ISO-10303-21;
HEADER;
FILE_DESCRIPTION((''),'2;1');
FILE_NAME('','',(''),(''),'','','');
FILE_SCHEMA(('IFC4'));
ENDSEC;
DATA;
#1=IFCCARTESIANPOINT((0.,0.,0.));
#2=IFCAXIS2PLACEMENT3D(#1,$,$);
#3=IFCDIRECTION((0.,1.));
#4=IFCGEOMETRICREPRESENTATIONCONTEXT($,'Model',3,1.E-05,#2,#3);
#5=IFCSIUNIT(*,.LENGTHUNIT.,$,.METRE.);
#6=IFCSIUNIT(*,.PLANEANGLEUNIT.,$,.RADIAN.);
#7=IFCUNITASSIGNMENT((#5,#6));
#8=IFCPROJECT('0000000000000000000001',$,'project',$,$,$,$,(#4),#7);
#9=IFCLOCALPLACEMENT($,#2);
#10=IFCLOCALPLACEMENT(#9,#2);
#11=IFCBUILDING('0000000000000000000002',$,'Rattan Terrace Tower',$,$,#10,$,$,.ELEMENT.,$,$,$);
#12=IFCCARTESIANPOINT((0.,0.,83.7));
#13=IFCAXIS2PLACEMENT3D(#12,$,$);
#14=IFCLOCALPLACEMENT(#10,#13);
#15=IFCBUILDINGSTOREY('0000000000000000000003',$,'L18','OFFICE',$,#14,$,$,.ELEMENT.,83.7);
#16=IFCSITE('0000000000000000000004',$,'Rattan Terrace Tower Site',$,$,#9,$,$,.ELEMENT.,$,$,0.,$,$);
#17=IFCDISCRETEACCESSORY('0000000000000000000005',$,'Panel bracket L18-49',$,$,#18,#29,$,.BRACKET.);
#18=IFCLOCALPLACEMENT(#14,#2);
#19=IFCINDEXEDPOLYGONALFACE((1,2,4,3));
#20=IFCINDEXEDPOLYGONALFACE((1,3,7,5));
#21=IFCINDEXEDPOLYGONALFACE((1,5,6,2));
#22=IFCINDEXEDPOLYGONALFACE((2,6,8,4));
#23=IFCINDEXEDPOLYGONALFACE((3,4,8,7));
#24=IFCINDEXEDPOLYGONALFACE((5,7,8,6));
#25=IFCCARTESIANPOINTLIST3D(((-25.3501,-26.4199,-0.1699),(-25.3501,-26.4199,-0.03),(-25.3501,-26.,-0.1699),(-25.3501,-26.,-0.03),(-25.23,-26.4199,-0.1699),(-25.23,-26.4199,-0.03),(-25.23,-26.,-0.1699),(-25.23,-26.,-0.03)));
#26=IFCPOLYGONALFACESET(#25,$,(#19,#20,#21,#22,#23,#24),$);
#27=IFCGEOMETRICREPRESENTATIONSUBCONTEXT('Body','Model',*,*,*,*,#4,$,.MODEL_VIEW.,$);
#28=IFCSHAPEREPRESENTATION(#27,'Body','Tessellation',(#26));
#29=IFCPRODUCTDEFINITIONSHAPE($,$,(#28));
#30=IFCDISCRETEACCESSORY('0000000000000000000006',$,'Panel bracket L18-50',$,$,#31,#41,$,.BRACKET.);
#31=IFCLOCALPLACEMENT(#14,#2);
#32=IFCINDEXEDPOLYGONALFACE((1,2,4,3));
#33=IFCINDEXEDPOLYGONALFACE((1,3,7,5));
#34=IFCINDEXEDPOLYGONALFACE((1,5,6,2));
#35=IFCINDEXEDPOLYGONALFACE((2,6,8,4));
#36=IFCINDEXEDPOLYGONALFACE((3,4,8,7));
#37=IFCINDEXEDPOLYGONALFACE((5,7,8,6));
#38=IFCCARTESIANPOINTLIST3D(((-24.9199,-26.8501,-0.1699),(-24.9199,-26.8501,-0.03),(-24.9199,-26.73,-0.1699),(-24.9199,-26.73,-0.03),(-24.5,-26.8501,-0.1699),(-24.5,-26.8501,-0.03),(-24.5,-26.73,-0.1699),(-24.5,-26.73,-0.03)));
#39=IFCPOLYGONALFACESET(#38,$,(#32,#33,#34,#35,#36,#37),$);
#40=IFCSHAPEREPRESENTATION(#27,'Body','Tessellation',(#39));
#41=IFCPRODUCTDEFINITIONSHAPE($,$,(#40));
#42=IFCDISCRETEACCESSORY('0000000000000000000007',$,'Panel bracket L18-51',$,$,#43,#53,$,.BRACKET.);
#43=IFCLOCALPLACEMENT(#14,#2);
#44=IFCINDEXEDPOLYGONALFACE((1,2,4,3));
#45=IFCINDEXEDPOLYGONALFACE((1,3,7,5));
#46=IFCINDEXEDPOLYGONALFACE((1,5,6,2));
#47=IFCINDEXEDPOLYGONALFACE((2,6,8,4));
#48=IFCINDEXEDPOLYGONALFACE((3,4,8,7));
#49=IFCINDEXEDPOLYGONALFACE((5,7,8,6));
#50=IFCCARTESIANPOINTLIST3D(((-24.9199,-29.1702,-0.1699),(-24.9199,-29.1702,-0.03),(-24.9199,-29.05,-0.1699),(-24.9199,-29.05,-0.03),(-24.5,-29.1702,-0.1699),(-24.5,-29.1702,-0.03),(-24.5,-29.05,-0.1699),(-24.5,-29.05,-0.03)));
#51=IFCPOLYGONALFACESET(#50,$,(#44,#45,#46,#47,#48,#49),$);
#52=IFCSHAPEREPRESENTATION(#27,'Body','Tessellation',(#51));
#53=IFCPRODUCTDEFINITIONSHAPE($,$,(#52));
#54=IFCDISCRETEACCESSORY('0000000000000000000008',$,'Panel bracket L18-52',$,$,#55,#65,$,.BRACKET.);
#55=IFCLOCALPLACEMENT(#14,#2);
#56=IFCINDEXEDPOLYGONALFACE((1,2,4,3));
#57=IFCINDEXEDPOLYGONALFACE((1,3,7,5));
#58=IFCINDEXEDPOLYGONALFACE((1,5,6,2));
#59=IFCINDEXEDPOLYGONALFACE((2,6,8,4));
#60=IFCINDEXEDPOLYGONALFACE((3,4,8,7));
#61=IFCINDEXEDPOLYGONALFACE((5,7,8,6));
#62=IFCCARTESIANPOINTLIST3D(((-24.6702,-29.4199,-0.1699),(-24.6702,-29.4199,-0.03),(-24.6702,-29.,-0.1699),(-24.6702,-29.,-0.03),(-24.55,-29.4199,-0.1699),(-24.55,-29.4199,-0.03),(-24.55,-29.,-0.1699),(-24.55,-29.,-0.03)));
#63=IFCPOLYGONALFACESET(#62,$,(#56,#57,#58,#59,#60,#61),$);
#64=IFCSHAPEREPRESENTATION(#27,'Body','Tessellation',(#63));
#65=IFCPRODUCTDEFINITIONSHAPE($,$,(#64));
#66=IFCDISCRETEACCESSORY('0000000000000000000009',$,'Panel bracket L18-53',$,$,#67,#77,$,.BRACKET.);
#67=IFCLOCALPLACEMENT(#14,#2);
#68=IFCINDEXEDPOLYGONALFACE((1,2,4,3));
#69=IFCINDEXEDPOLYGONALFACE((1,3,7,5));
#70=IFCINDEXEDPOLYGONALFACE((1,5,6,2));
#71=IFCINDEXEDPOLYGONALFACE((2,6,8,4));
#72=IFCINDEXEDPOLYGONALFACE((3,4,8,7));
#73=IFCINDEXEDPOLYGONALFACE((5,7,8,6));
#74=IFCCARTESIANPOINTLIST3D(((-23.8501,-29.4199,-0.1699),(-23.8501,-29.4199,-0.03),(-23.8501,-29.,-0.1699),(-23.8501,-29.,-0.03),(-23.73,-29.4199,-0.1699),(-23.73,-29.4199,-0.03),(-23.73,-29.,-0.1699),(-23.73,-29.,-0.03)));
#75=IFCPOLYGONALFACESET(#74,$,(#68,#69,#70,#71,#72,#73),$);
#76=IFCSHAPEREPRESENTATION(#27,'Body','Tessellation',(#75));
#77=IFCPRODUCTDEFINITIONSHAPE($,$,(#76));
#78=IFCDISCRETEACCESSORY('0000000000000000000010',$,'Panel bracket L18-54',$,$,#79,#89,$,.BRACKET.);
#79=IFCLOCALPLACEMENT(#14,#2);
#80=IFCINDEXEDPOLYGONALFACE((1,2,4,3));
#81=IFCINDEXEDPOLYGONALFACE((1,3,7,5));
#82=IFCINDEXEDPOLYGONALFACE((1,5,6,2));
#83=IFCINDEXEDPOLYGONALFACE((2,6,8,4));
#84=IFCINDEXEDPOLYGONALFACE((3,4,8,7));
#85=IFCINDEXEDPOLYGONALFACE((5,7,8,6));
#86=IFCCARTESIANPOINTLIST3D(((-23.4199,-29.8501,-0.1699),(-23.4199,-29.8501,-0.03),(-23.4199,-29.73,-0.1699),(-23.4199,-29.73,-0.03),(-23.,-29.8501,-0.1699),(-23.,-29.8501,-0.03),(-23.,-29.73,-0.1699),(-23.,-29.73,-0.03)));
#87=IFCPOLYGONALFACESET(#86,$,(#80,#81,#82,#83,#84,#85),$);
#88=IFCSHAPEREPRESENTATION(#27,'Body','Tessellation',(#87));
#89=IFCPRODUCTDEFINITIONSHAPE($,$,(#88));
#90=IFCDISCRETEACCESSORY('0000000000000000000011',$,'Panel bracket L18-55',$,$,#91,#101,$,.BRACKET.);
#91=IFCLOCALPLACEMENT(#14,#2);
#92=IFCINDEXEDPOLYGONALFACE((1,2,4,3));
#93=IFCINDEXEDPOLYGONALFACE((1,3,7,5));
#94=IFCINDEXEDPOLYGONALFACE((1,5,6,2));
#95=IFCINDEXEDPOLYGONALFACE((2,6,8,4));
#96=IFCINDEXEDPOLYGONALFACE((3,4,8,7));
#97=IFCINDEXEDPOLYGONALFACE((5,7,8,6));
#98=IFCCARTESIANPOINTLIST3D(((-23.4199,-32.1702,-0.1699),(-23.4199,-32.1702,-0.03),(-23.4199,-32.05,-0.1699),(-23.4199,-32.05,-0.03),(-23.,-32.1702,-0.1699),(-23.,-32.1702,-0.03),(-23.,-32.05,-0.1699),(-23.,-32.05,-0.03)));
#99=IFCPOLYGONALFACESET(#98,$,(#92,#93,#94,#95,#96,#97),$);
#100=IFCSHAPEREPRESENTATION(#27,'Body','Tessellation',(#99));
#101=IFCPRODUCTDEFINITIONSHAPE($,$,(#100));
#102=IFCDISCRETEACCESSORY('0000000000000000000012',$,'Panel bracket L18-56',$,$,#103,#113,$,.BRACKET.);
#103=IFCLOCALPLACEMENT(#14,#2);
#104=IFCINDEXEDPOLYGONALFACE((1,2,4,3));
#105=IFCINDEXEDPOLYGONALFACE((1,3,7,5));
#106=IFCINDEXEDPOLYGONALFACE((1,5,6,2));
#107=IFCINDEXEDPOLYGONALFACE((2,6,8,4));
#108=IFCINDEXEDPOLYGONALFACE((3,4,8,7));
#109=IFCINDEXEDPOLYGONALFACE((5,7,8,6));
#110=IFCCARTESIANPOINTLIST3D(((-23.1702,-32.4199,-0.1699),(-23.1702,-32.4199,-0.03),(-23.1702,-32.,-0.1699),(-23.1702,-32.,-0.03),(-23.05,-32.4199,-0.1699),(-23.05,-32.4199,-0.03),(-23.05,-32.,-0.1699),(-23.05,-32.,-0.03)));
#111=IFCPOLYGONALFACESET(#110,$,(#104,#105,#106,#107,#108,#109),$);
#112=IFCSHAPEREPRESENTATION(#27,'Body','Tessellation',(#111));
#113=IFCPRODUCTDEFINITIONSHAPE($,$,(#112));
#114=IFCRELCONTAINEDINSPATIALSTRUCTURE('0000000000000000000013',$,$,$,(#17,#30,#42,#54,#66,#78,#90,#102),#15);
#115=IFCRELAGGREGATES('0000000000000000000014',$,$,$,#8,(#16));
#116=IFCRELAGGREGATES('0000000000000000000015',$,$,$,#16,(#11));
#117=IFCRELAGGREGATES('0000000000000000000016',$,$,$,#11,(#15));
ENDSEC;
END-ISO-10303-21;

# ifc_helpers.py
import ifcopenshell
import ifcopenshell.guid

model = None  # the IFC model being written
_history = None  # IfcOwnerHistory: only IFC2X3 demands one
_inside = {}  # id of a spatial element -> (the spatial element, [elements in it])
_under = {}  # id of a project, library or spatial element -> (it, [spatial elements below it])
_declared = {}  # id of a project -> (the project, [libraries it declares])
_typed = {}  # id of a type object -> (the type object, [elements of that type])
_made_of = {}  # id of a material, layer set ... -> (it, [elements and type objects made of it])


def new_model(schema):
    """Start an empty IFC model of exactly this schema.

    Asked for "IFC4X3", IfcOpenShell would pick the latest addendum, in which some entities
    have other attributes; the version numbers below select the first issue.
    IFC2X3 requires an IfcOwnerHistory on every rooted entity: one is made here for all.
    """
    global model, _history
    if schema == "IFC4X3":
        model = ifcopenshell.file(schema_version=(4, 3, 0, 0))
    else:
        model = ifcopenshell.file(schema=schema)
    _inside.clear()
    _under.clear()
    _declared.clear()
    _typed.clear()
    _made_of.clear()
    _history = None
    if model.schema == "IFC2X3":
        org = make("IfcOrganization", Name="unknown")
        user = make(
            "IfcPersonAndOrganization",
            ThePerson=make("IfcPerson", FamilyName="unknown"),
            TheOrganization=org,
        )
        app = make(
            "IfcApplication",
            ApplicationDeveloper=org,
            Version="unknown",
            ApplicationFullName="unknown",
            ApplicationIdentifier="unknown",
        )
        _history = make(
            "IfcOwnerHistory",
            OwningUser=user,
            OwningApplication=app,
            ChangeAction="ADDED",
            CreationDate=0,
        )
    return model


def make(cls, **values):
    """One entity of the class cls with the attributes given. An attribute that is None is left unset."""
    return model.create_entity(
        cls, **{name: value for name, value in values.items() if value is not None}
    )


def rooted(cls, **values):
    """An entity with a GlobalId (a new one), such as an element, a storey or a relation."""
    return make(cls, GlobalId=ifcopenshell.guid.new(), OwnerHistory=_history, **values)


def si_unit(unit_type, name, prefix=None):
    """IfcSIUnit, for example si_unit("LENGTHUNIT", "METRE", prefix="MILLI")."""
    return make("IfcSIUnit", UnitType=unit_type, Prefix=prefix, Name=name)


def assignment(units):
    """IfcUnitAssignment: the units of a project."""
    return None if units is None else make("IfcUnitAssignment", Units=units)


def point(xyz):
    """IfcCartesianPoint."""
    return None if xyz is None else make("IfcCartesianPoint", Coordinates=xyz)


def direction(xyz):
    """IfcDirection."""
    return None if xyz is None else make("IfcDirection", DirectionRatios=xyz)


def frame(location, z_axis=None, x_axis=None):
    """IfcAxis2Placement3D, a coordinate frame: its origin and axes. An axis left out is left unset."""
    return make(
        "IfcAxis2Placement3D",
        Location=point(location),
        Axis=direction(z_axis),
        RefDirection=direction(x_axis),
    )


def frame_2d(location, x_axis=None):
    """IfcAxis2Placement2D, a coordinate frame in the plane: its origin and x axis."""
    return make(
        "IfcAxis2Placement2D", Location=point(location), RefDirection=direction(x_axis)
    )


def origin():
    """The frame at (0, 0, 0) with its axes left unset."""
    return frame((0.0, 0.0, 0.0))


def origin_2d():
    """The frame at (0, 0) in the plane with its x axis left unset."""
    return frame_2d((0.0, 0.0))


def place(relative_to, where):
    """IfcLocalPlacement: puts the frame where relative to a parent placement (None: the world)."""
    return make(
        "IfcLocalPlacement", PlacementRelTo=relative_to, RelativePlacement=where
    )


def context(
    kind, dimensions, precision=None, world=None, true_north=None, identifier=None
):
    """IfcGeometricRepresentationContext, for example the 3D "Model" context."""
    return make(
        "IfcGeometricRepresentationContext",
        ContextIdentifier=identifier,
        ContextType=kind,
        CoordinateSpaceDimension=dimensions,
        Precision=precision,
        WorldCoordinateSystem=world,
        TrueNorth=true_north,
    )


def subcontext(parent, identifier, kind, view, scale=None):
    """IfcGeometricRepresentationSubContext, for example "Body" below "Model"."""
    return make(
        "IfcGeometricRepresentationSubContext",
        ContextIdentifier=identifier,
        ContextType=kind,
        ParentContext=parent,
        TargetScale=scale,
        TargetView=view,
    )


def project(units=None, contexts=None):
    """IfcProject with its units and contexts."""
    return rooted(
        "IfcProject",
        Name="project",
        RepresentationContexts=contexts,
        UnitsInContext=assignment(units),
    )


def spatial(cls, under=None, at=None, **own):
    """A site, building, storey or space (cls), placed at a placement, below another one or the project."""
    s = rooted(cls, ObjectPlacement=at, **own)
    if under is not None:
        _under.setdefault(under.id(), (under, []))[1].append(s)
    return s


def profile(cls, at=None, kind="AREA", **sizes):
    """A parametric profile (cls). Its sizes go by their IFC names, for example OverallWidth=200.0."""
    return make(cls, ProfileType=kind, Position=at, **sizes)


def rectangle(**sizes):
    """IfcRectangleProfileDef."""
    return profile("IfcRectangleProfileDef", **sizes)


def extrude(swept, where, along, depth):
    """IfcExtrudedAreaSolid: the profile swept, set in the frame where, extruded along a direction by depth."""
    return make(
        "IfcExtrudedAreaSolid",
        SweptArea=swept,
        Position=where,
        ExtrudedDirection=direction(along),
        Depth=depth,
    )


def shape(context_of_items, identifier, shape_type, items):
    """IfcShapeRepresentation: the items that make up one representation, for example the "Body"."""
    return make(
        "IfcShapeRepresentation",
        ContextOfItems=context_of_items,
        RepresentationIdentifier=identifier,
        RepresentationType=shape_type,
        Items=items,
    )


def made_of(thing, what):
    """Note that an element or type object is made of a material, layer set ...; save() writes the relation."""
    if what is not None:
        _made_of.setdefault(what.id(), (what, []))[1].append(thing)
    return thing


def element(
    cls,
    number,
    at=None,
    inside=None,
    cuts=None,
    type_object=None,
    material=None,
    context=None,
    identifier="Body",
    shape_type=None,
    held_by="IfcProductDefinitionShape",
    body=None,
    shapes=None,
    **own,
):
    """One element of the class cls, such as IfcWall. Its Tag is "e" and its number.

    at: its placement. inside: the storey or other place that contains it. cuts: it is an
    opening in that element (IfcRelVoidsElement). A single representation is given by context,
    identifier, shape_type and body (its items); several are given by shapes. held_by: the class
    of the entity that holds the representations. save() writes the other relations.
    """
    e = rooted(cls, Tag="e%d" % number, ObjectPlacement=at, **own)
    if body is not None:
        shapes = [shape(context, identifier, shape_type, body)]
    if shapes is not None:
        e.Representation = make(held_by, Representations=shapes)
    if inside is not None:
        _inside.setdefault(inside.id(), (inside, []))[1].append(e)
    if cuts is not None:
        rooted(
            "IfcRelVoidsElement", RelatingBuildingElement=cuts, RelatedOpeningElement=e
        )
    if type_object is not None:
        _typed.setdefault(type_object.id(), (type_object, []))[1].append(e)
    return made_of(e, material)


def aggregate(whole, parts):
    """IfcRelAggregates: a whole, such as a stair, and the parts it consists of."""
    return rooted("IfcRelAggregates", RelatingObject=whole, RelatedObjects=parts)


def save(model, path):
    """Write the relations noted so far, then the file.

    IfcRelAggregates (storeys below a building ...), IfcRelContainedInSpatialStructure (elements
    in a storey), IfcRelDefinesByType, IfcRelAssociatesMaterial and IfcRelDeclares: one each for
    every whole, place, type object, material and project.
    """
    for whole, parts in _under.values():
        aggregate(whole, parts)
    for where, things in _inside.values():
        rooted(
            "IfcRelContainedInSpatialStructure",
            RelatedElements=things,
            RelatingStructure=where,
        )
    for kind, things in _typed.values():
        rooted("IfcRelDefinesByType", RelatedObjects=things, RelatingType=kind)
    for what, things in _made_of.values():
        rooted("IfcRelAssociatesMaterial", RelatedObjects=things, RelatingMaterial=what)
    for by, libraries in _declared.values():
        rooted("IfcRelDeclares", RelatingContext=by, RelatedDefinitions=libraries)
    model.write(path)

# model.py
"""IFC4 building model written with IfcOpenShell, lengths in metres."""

from ifc_helpers import new_model, si_unit, direction, frame, origin, origin_2d, place, context, subcontext, project, spatial, rectangle, extrude, element, save


model = new_model("IFC4")

# Units and contexts
model_context = context("Model", 3, precision=1e-05, world=origin(), true_north=direction((0.0, 1.0)))
body_context = subcontext(model_context, "Body", "Model", "MODEL_VIEW")
ifc_project = project(units=[si_unit("LENGTHUNIT", "METRE"), si_unit("PLANEANGLEUNIT", "RADIAN")], contexts=[model_context])

# Site, building, storey
site_placement = place(None, origin())
site = spatial("IfcSite", under=ifc_project, at=site_placement, Name="Rattan Terrace Tower Site", CompositionType="ELEMENT", RefElevation=0.0)
building_placement = place(site_placement, origin())
building = spatial("IfcBuilding", under=site, at=building_placement, Name="Rattan Terrace Tower", CompositionType="ELEMENT")
storey_placement = place(building_placement, frame((0.0, 0.0, 83.7)))
storey = spatial("IfcBuildingStorey", under=building, at=storey_placement, Name="L18", Description="OFFICE", CompositionType="ELEMENT", Elevation=83.7)

# Discrete accessories
for number, where, z_axis, x_axis, name in (
    (1, (-25.29, -26.21, -0.1699), (0.0, 0.0, 1.0), (1.0, 0.0, 0.0), "Panel bracket L18-49"),
    (2, (-24.71, -26.79, -0.1699), (0.0, 0.0, 1.0), (0.0, -1.0, 0.0), "Panel bracket L18-50"),
    (3, (-24.71, -29.1101, -0.1699), (0.0, 0.0, 1.0), (0.0, -1.0, 0.0), "Panel bracket L18-51"),
    (4, (-24.6101, -29.21, -0.1699), (0.0, 0.0, 1.0), (1.0, 0.0, 0.0), "Panel bracket L18-52"),
    (5, (-23.79, -29.21, -0.1699), (0.0, 0.0, 1.0), (1.0, 0.0, 0.0), "Panel bracket L18-53"),
    (6, (-23.21, -29.79, -0.1699), (0.0, 0.0, 1.0), (0.0, -1.0, 0.0), "Panel bracket L18-54"),
    (7, (-23.21, -32.1101, -0.1699), (0.0, 0.0, 1.0), (0.0, -1.0, 0.0), "Panel bracket L18-55"),
    (8, (-23.1101, -32.21, -0.1699), (0.0, 0.0, 1.0), (1.0, 0.0, 0.0), "Panel bracket L18-56"),
):
    element("IfcDiscreteAccessory", number, at=place(storey_placement, frame(where, z_axis=z_axis, x_axis=x_axis)), inside=storey, Name=name, PredefinedType="BRACKET", context=body_context, shape_type="SweptSolid", body=[
        extrude(rectangle(XDim=0.1201, YDim=0.4199, at=origin_2d()), origin(), (0.0, 0.0, 1.0), 0.1399),
    ])

save(model, "model.ifc")
